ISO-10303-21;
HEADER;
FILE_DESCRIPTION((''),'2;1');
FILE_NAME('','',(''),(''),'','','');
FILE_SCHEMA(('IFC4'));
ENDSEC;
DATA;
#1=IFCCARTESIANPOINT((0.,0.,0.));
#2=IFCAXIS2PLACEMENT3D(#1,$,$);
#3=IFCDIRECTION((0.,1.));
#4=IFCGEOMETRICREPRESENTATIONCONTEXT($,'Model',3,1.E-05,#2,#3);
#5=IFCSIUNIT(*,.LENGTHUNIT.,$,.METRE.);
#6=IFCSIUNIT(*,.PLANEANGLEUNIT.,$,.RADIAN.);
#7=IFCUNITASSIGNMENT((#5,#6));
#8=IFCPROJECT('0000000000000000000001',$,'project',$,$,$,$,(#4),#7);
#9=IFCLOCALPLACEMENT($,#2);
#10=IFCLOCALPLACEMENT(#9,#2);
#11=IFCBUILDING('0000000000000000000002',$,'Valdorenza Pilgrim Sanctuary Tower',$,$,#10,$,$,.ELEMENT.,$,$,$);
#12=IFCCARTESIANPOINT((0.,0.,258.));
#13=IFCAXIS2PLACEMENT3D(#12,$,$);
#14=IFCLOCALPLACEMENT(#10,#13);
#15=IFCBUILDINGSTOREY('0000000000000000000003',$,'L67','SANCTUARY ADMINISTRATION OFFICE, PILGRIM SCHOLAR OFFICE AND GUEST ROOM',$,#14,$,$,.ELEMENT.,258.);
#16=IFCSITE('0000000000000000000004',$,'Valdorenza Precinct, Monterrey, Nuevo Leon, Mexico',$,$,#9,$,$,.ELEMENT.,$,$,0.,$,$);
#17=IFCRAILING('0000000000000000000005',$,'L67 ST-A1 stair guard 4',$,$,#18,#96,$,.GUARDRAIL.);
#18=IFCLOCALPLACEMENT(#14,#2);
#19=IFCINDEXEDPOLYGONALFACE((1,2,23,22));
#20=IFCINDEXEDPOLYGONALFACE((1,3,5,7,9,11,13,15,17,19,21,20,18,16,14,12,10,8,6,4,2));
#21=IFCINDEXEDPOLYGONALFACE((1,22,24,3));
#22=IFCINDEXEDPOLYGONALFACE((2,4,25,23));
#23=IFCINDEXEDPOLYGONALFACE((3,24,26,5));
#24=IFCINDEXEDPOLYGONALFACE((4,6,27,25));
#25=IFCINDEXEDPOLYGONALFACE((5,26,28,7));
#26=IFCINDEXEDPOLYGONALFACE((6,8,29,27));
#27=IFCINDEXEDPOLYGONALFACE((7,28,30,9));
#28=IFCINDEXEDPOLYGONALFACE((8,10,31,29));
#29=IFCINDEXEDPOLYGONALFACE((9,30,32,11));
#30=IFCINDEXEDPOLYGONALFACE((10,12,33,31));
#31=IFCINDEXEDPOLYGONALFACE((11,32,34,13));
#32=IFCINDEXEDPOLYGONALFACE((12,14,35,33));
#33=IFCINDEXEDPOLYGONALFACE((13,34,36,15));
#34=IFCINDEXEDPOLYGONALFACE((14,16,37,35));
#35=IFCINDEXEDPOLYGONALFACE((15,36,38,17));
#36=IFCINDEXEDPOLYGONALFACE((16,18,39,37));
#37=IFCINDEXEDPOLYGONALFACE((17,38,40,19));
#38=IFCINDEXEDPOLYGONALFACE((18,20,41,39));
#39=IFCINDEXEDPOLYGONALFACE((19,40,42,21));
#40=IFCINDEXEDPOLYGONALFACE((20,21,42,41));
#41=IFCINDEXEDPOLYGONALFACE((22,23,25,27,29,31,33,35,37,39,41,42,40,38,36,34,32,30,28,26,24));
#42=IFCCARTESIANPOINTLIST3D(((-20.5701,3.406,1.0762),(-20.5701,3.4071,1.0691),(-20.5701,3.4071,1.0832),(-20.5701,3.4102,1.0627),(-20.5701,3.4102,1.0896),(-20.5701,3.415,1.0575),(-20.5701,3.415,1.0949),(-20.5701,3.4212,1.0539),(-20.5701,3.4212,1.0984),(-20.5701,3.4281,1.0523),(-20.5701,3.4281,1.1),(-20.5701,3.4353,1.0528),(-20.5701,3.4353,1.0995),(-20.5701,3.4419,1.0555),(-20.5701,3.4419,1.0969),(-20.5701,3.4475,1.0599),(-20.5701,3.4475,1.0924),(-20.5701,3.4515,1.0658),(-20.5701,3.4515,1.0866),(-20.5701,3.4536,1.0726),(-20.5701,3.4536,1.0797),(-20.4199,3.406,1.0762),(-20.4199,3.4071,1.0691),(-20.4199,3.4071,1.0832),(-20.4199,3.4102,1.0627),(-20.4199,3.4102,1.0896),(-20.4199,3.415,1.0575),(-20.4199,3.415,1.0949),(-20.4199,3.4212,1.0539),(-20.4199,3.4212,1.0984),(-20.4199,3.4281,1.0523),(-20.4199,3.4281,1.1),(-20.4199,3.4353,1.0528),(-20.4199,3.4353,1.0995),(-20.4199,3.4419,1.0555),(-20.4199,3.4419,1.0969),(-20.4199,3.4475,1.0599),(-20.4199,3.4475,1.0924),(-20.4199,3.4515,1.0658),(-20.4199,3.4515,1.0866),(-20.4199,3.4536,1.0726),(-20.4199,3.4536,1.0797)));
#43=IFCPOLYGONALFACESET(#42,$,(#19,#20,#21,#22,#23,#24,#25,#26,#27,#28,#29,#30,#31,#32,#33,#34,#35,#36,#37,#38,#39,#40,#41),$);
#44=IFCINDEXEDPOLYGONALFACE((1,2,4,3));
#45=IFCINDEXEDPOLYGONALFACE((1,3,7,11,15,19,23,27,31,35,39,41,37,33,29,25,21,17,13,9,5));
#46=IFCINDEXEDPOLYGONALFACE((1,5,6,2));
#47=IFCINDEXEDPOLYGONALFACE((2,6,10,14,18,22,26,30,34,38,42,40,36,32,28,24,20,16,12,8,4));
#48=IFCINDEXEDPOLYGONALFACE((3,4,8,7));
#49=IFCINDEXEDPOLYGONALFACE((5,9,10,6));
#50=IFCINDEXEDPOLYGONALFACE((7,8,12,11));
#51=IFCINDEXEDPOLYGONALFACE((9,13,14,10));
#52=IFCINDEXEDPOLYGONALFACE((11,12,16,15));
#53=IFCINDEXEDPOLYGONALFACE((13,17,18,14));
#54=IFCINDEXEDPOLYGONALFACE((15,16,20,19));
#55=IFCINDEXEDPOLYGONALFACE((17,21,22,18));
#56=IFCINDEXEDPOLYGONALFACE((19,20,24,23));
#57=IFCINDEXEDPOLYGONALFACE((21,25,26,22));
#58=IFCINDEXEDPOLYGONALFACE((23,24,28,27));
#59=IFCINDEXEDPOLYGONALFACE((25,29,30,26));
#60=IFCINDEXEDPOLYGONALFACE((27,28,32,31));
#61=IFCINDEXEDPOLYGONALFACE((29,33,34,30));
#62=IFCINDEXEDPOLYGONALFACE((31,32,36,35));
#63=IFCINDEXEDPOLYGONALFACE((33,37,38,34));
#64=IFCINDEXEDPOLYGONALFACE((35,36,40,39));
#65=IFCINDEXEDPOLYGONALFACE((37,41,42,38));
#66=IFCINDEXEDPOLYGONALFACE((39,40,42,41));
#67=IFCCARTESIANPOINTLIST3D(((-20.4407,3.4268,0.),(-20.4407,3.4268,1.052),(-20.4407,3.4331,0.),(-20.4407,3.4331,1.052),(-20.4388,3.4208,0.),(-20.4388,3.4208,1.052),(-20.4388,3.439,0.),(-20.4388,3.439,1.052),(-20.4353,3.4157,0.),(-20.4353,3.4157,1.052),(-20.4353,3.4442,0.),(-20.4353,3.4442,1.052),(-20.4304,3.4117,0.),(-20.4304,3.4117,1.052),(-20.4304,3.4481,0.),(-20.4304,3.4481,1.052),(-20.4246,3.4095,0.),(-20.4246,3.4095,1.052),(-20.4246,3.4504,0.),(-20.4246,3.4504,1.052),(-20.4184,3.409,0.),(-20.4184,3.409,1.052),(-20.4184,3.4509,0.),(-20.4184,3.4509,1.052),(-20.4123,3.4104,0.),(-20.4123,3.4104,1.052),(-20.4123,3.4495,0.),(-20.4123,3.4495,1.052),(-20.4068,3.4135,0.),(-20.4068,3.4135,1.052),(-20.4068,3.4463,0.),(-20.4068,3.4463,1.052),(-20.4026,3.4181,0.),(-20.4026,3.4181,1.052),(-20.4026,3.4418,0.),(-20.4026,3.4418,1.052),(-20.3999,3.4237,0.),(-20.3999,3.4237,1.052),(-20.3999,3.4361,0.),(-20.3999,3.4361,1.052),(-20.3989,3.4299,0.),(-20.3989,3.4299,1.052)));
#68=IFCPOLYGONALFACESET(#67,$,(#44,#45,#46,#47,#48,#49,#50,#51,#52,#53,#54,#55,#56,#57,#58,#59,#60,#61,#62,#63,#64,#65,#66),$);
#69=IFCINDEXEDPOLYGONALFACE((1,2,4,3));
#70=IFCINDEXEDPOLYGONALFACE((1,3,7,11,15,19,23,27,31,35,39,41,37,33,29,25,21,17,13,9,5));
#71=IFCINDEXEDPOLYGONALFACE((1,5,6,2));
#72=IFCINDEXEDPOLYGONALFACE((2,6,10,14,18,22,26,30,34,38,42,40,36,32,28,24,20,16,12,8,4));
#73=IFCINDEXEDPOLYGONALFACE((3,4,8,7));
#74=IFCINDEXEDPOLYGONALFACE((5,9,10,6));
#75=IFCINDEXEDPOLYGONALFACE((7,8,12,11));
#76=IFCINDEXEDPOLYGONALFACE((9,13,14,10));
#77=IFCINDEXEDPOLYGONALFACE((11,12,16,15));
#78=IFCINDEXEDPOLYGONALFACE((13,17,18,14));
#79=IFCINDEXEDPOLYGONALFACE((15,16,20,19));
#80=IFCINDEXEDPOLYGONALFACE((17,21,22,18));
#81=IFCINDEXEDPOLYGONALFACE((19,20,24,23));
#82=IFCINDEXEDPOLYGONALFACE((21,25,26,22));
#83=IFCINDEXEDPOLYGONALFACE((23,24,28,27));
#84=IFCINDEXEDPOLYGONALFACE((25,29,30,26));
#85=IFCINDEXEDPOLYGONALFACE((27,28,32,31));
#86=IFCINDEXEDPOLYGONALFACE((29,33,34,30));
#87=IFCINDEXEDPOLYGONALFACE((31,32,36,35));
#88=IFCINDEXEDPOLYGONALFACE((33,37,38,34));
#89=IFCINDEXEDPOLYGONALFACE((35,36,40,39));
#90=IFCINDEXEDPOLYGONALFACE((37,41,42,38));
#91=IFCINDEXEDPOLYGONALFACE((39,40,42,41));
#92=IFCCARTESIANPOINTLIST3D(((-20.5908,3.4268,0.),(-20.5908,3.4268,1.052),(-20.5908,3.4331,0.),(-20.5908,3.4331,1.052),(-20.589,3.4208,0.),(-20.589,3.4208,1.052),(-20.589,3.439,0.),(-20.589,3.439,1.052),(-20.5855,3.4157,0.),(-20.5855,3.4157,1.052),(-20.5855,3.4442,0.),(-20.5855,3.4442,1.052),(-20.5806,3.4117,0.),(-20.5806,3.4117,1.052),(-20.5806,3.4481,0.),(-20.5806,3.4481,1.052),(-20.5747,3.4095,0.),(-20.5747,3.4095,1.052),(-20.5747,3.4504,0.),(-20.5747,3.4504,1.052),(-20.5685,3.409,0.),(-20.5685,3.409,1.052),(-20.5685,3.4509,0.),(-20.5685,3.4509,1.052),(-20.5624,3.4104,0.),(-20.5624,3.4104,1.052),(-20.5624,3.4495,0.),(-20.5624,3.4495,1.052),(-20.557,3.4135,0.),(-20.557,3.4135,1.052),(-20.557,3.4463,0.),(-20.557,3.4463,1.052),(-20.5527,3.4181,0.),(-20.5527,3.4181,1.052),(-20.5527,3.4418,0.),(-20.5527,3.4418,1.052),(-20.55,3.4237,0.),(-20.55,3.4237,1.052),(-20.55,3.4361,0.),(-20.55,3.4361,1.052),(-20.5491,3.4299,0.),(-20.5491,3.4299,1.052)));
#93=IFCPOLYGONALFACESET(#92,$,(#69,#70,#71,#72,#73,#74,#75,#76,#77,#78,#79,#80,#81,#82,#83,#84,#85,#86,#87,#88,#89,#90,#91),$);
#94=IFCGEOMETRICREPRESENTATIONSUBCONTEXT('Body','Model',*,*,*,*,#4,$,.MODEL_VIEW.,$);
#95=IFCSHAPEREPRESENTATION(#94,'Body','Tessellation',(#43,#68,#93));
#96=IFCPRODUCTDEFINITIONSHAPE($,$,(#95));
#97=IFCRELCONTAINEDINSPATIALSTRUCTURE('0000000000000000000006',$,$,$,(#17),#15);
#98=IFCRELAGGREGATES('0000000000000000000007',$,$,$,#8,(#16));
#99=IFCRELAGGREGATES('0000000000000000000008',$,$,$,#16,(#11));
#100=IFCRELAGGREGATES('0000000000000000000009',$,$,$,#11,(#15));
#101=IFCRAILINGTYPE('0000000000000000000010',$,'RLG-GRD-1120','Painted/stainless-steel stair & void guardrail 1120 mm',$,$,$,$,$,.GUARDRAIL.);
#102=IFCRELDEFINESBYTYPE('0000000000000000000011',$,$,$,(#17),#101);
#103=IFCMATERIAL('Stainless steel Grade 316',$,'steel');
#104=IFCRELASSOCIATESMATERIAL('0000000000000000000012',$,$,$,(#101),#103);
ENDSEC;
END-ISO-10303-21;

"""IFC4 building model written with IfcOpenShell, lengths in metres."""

from ifc_helpers import new_model, si_unit, direction, frame, origin, origin_2d, place, context, subcontext, project, spatial, circle, extrude, material, type_object, element, save


model = new_model("IFC4")

# Units and contexts
model_context = context("Model", 3, precision=1e-05, world=origin(), true_north=direction((0.0, 1.0)))
body_context = subcontext(model_context, "Body", "Model", "MODEL_VIEW")
ifc_project = project(units=[si_unit("LENGTHUNIT", "METRE"), si_unit("PLANEANGLEUNIT", "RADIAN")], contexts=[model_context])

# Site, building, storey
site_placement = place(None, origin())
site = spatial("IfcSite", under=ifc_project, at=site_placement, Name="Valdorenza Precinct, Monterrey, Nuevo Leon, Mexico", CompositionType="ELEMENT", RefElevation=0.0)
building_placement = place(site_placement, origin())
building = spatial("IfcBuilding", under=site, at=building_placement, Name="Valdorenza Pilgrim Sanctuary Tower", CompositionType="ELEMENT")
storey_placement = place(building_placement, frame((0.0, 0.0, 258.0)))
storey = spatial("IfcBuildingStorey", under=building, at=storey_placement, Name="L67", Description="SANCTUARY ADMINISTRATION OFFICE, PILGRIM SCHOLAR OFFICE AND GUEST ROOM", CompositionType="ELEMENT", Elevation=258.0)

# Railing
ifc_material_1 = material(Name="Stainless steel Grade 316", Category="steel")
railing_type_1 = type_object("IfcRailingType", Name="RLG-GRD-1120", Description="Painted/stainless-steel stair & void guardrail 1120 mm", PredefinedType="GUARDRAIL", material=ifc_material_1)
railing_1_placement = place(storey_placement, frame((-20.4199, 3.4299, 0.0)))
element("IfcRailing", 1, at=railing_1_placement, inside=storey, type_object=railing_type_1, Name="L67 ST-A1 stair guard 4", PredefinedType="GUARDRAIL", context=body_context, shape_type="SweptSolid", body=[
    extrude(circle(Radius=0.0239, at=origin_2d()), frame((0.0, 0.0, 1.0762), z_axis=(-1.0, 0.0, 0.0), x_axis=(0.0, -1.0, 0.0)), (0.0, 0.0, 1.0), 0.1501),
    extrude(circle(Radius=0.021, at=origin_2d()), origin(), (0.0, 0.0, 1.0), 1.052),
    extrude(circle(Radius=0.021, at=origin_2d()), frame((-0.1501, 0.0, 0.0)), (0.0, 0.0, 1.0), 1.052),
])

save(model, "model.ifc")
